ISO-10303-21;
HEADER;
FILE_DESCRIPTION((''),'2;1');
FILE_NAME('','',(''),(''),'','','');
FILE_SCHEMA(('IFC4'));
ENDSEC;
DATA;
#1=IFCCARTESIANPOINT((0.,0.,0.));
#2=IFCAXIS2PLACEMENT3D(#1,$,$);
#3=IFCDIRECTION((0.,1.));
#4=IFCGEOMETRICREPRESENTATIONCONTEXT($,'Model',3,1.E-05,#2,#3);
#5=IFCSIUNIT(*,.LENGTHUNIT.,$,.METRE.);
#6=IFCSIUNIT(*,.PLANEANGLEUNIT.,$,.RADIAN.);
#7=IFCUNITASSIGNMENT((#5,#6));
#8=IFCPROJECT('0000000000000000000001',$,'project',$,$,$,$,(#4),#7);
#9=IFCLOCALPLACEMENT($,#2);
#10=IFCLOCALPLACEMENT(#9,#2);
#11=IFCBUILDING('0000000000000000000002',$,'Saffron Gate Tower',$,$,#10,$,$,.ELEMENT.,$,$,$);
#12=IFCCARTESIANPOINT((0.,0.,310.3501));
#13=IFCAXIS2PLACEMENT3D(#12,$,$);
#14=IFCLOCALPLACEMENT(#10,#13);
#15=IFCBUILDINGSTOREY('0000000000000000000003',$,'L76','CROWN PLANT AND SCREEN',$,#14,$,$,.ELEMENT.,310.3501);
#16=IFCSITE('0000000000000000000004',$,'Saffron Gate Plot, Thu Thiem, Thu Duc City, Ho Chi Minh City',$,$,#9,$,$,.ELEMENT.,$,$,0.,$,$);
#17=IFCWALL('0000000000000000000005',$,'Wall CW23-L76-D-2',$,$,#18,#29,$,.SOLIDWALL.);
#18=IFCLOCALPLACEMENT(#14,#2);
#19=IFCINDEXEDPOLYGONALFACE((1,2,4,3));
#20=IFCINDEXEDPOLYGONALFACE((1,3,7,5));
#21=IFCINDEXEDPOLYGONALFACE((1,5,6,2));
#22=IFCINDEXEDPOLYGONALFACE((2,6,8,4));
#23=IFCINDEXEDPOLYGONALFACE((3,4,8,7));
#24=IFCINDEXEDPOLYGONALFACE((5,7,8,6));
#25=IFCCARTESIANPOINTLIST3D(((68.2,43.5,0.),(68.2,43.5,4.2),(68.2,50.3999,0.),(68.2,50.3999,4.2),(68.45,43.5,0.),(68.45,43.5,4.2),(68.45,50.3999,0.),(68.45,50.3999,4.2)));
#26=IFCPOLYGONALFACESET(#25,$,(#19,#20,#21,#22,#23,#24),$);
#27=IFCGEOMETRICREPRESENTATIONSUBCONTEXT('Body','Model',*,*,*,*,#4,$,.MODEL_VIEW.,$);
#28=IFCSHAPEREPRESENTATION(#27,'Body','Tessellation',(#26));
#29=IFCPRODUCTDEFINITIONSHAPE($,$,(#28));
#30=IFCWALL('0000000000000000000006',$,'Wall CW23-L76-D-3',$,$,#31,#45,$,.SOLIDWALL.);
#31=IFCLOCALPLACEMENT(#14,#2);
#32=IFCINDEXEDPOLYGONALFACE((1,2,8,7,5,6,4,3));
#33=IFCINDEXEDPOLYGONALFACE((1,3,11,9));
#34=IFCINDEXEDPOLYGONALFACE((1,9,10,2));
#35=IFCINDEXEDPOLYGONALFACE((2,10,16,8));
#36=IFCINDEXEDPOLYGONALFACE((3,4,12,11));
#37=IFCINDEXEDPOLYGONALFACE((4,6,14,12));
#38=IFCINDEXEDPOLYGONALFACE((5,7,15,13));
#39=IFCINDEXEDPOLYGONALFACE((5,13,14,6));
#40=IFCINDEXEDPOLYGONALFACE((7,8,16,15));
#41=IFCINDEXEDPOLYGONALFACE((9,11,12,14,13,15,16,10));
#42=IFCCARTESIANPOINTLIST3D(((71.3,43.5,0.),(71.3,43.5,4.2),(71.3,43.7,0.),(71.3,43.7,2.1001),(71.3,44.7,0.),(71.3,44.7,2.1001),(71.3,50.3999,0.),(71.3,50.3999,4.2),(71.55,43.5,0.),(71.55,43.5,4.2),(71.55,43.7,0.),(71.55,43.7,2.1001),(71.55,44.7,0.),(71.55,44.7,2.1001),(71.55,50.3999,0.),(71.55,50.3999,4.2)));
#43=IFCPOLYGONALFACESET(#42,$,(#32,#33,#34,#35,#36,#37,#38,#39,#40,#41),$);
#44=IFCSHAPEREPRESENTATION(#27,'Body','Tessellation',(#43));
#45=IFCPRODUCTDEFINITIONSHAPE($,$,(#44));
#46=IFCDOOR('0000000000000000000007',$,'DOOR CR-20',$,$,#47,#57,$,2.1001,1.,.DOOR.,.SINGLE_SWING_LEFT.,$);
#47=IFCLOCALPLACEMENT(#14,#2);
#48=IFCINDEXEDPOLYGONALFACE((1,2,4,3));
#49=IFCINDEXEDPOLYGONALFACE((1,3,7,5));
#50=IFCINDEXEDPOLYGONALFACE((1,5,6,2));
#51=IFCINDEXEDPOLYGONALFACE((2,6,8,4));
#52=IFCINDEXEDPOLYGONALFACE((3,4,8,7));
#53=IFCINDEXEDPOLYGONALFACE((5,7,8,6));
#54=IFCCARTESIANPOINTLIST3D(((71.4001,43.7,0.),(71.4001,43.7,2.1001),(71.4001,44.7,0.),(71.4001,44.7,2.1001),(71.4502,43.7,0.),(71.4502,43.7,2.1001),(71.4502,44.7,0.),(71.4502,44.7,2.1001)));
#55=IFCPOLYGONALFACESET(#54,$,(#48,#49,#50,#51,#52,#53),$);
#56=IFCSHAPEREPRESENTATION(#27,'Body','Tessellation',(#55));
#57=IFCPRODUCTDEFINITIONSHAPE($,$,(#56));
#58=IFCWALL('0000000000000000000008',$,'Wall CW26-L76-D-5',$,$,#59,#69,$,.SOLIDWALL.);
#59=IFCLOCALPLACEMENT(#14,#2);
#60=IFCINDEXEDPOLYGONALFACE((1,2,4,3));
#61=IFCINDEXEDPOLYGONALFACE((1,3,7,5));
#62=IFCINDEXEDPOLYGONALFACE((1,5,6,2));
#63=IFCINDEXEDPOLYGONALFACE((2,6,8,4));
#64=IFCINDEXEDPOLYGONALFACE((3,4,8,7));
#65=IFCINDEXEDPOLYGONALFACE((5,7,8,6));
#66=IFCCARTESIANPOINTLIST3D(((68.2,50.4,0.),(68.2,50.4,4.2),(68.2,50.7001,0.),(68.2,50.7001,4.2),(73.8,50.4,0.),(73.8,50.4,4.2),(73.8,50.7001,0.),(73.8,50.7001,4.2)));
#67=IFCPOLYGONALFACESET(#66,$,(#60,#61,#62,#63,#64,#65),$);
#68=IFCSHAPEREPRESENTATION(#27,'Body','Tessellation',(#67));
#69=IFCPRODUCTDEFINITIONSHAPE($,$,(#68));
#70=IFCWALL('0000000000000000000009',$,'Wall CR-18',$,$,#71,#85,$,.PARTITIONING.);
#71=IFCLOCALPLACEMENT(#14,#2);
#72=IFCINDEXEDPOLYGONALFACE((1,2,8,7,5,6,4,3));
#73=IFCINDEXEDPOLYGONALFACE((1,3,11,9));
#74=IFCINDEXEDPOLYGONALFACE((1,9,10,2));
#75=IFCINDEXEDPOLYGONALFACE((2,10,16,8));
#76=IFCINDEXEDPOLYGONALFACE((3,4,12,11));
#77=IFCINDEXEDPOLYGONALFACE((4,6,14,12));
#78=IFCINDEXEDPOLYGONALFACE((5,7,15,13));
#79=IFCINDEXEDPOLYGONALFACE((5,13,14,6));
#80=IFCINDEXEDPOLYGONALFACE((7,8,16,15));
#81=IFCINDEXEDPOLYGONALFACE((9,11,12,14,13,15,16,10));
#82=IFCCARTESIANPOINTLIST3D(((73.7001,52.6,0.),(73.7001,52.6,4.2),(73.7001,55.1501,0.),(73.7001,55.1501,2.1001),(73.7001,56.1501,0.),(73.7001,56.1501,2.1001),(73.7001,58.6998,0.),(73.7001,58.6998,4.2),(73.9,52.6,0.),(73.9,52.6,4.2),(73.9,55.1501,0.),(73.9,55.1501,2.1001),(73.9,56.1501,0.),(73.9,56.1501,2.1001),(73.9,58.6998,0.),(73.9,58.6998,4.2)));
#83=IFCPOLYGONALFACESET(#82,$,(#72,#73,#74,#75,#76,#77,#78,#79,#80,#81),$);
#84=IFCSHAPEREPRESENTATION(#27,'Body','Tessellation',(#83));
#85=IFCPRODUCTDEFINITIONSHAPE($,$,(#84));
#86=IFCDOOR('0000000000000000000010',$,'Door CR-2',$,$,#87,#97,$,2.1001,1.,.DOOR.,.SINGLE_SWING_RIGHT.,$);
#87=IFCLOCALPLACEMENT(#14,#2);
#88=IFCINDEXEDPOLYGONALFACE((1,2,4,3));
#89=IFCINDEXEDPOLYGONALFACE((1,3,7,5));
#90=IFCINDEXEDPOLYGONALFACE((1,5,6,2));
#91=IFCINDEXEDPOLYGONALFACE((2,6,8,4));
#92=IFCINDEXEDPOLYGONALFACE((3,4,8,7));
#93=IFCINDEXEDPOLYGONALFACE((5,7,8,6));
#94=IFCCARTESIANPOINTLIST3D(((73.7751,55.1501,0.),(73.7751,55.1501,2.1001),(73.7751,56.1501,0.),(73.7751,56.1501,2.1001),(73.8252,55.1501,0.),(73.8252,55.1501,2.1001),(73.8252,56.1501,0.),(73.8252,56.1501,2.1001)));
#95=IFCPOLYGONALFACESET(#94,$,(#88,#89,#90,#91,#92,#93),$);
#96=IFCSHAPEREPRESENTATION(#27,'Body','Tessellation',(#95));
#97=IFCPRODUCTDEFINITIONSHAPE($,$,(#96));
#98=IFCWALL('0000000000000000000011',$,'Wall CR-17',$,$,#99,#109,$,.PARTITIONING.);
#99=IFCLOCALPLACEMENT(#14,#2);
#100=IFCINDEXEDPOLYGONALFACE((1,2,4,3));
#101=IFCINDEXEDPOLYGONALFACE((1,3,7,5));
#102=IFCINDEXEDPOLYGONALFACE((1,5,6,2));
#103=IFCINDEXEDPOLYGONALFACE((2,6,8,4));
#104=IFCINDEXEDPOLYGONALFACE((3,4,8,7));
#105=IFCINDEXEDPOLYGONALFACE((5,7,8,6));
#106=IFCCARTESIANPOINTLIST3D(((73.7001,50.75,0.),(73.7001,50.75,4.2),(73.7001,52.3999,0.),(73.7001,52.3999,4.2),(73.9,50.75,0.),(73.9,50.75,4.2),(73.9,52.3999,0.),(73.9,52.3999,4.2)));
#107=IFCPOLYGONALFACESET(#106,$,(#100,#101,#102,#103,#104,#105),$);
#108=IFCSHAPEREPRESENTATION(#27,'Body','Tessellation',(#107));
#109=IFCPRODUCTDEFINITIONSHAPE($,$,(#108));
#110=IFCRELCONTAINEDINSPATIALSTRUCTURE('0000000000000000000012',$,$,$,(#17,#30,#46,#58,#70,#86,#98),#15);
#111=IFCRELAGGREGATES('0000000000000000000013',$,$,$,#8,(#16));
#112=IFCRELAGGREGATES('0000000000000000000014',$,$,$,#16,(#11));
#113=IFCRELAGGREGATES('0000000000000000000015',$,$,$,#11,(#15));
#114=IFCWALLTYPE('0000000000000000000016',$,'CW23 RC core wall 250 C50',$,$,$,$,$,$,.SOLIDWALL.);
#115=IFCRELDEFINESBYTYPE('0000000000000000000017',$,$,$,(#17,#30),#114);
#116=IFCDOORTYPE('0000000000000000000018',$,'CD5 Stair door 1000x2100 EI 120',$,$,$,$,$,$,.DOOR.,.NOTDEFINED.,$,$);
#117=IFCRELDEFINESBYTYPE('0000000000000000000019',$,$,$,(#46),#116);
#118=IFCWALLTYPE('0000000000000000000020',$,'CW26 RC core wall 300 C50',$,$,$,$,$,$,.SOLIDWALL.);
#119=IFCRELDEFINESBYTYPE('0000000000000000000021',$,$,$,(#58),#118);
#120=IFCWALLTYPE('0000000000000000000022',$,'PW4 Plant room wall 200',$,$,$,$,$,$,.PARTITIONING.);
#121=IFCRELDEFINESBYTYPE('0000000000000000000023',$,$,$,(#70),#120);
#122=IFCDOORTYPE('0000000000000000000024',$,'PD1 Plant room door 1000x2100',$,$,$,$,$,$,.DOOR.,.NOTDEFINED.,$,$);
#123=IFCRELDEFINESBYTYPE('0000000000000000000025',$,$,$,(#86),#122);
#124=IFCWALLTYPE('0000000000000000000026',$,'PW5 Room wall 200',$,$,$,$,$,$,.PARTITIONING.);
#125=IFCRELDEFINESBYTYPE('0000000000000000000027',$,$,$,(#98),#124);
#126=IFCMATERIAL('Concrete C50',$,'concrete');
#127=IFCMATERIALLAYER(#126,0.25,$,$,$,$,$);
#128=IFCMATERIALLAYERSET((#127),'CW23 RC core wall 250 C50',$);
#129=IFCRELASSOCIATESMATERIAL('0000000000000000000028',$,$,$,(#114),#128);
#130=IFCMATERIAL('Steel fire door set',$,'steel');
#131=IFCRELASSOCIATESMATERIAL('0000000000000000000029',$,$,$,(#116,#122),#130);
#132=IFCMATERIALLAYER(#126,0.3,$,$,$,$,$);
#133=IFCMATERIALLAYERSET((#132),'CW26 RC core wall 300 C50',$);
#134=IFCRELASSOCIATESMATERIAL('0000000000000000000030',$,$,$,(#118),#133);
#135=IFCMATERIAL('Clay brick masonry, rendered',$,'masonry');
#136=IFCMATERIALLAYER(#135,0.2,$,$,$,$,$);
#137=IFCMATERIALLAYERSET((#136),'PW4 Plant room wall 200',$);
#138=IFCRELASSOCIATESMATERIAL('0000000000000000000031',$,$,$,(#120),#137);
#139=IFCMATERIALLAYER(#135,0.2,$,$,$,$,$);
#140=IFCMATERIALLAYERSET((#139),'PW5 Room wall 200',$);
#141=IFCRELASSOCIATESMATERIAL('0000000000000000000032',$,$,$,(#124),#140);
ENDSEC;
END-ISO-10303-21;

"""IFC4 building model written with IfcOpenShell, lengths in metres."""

from ifc_helpers import new_model, si_unit, direction, frame, frame_2d, origin, place, context, subcontext, project, spatial, rectangle, extrude, material, layer, layer_set, type_object, element, fill, save


model = new_model("IFC4")

# Units and contexts
model_context = context("Model", 3, precision=1e-05, world=origin(), true_north=direction((0.0, 1.0)))
body_context = subcontext(model_context, "Body", "Model", "MODEL_VIEW")
ifc_project = project(units=[si_unit("LENGTHUNIT", "METRE"), si_unit("PLANEANGLEUNIT", "RADIAN")], contexts=[model_context])

# Site, building, storey
site_placement = place(None, origin())
site = spatial("IfcSite", under=ifc_project, at=site_placement, Name="Saffron Gate Plot, Thu Thiem, Thu Duc City, Ho Chi Minh City", CompositionType="ELEMENT", RefElevation=0.0)
building_placement = place(site_placement, origin())
building = spatial("IfcBuilding", under=site, at=building_placement, Name="Saffron Gate Tower", CompositionType="ELEMENT")
storey_placement = place(building_placement, frame((0.0, 0.0, 310.3501)))
storey = spatial("IfcBuildingStorey", under=building, at=storey_placement, Name="L76", Description="CROWN PLANT AND SCREEN", CompositionType="ELEMENT", Elevation=310.3501)

# Shared definitions
ifc_material_1 = material(Name="Steel fire door set", Category="steel")
ifc_material_2 = material(Name="Concrete C50", Category="concrete")

# Wall
ifc_layer_1 = layer(ifc_material_2, 0.25)
ifc_layer_set_1 = layer_set([ifc_layer_1], Name="CW23 RC core wall 250 C50")
wall_type_1 = type_object("IfcWallType", Name="CW23 RC core wall 250 C50", PredefinedType="SOLIDWALL", material=ifc_layer_set_1)
wall_1_placement = place(storey_placement, frame((68.325, 43.5, 0.0), z_axis=(0.0, 0.0, 1.0), x_axis=(0.0, 1.0, 0.0)))
element("IfcWall", 1, at=wall_1_placement, inside=storey, type_object=wall_type_1, Name="Wall CW23-L76-D-2", PredefinedType="SOLIDWALL", context=body_context, shape_type="SweptSolid", body=[
    extrude(rectangle(XDim=6.8999, YDim=0.25, at=frame_2d((3.45, 0.0))), origin(), (0.0, 0.0, 1.0), 4.2),
])

# Wall, opening, door
wall_2_placement = place(storey_placement, frame((71.425, 43.5, 0.0), z_axis=(0.0, 0.0, 1.0), x_axis=(0.0, 1.0, 0.0)))
wall_2 = element("IfcWall", 2, at=wall_2_placement, inside=storey, type_object=wall_type_1, Name="Wall CW23-L76-D-3", PredefinedType="SOLIDWALL", context=body_context, shape_type="SweptSolid", body=[
    extrude(rectangle(XDim=6.8999, YDim=0.25, at=frame_2d((3.45, 0.0))), origin(), (0.0, 0.0, 1.0), 4.2),
])
opening_1_placement = place(wall_2_placement, frame((0.2, 0.0, 0.0)))
opening_1 = element("IfcOpeningElement", 3, at=opening_1_placement, cuts=wall_2, PredefinedType="OPENING", context=body_context, shape_type="SweptSolid", body=[
    extrude(rectangle(XDim=1.0, YDim=2.1001, at=frame_2d((0.5, 1.05))), frame((0.0, 0.135, 0.0), z_axis=(0.0, -1.0, 0.0), x_axis=(1.0, 0.0, 0.0)), (0.0, 0.0, 1.0), 0.27),
])
door_type_1 = type_object("IfcDoorType", Name="CD5 Stair door 1000x2100 EI 120", OperationType="NOTDEFINED", PredefinedType="DOOR", material=ifc_material_1)
door_1_placement = place(opening_1_placement, origin())
door_1 = element("IfcDoor", 4, at=door_1_placement, inside=storey, type_object=door_type_1, Name="DOOR CR-20", OperationType="SINGLE_SWING_LEFT", OverallHeight=2.1001, OverallWidth=1.0, PredefinedType="DOOR", context=body_context, shape_type="SweptSolid", body=[
    extrude(rectangle(XDim=1.0, YDim=2.1001, at=frame_2d((0.5, 1.05))), frame((0.0, 0.0249, 0.0), z_axis=(0.0, -1.0, 0.0), x_axis=(1.0, 0.0, 0.0)), (0.0, 0.0, 1.0), 0.05),
])
fill(opening_1, door_1)

# Wall
ifc_layer_2 = layer(ifc_material_2, 0.3)
ifc_layer_set_2 = layer_set([ifc_layer_2], Name="CW26 RC core wall 300 C50")
wall_type_2 = type_object("IfcWallType", Name="CW26 RC core wall 300 C50", PredefinedType="SOLIDWALL", material=ifc_layer_set_2)
wall_3_placement = place(storey_placement, frame((68.2, 50.55, 0.0), z_axis=(0.0, 0.0, 1.0), x_axis=(1.0, 0.0, 0.0)))
element("IfcWall", 5, at=wall_3_placement, inside=storey, type_object=wall_type_2, Name="Wall CW26-L76-D-5", PredefinedType="SOLIDWALL", context=body_context, shape_type="SweptSolid", body=[
    extrude(rectangle(XDim=5.6001, YDim=0.3, at=frame_2d((2.8, 0.0))), origin(), (0.0, 0.0, 1.0), 4.2),
])

# Wall, opening, door
ifc_material_3 = material(Name="Clay brick masonry, rendered", Category="masonry")
ifc_layer_3 = layer(ifc_material_3, 0.2)
ifc_layer_set_3 = layer_set([ifc_layer_3], Name="PW4 Plant room wall 200")
wall_type_3 = type_object("IfcWallType", Name="PW4 Plant room wall 200", PredefinedType="PARTITIONING", material=ifc_layer_set_3)
wall_4_placement = place(storey_placement, frame((73.8, 52.6001, 0.0), z_axis=(0.0, 0.0, 1.0), x_axis=(0.0, 1.0, 0.0)))
wall_4 = element("IfcWall", 6, at=wall_4_placement, inside=storey, type_object=wall_type_3, Name="Wall CR-18", PredefinedType="PARTITIONING", context=body_context, shape_type="SweptSolid", body=[
    extrude(rectangle(XDim=6.0999, YDim=0.2, at=frame_2d((3.0498, 0.0))), origin(), (0.0, 0.0, 1.0), 4.2),
])
opening_2_placement = place(wall_4_placement, frame((2.55, 0.0, 0.0)))
opening_2 = element("IfcOpeningElement", 7, at=opening_2_placement, cuts=wall_4, PredefinedType="OPENING", context=body_context, shape_type="SweptSolid", body=[
    extrude(rectangle(XDim=1.0, YDim=2.1001, at=frame_2d((0.5, 1.05))), frame((0.0, 0.1099, 0.0), z_axis=(0.0, -1.0, 0.0), x_axis=(1.0, 0.0, 0.0)), (0.0, 0.0, 1.0), 0.22),
])
door_type_2 = type_object("IfcDoorType", Name="PD1 Plant room door 1000x2100", OperationType="NOTDEFINED", PredefinedType="DOOR", material=ifc_material_1)
door_2_placement = place(opening_2_placement, origin())
door_2 = element("IfcDoor", 8, at=door_2_placement, inside=storey, type_object=door_type_2, Name="Door CR-2", OperationType="SINGLE_SWING_RIGHT", OverallHeight=2.1001, OverallWidth=1.0, PredefinedType="DOOR", context=body_context, shape_type="SweptSolid", body=[
    extrude(rectangle(XDim=1.0, YDim=2.1001, at=frame_2d((0.5, 1.05))), frame((0.0, 0.0249, 0.0), z_axis=(0.0, -1.0, 0.0), x_axis=(1.0, 0.0, 0.0)), (0.0, 0.0, 1.0), 0.05),
])
fill(opening_2, door_2)

# Wall
ifc_layer_4 = layer(ifc_material_3, 0.2)
ifc_layer_set_4 = layer_set([ifc_layer_4], Name="PW5 Room wall 200")
wall_type_4 = type_object("IfcWallType", Name="PW5 Room wall 200", PredefinedType="PARTITIONING", material=ifc_layer_set_4)
wall_5_placement = place(storey_placement, frame((73.8, 52.3999, 0.0), z_axis=(0.0, 0.0, 1.0), x_axis=(0.0, -1.0, 0.0)))
element("IfcWall", 9, at=wall_5_placement, inside=storey, type_object=wall_type_4, Name="Wall CR-17", PredefinedType="PARTITIONING", context=body_context, shape_type="SweptSolid", body=[
    extrude(rectangle(XDim=1.6499, YDim=0.2, at=frame_2d((0.825, 0.0))), origin(), (0.0, 0.0, 1.0), 4.2),
])

save(model, "model.ifc")
